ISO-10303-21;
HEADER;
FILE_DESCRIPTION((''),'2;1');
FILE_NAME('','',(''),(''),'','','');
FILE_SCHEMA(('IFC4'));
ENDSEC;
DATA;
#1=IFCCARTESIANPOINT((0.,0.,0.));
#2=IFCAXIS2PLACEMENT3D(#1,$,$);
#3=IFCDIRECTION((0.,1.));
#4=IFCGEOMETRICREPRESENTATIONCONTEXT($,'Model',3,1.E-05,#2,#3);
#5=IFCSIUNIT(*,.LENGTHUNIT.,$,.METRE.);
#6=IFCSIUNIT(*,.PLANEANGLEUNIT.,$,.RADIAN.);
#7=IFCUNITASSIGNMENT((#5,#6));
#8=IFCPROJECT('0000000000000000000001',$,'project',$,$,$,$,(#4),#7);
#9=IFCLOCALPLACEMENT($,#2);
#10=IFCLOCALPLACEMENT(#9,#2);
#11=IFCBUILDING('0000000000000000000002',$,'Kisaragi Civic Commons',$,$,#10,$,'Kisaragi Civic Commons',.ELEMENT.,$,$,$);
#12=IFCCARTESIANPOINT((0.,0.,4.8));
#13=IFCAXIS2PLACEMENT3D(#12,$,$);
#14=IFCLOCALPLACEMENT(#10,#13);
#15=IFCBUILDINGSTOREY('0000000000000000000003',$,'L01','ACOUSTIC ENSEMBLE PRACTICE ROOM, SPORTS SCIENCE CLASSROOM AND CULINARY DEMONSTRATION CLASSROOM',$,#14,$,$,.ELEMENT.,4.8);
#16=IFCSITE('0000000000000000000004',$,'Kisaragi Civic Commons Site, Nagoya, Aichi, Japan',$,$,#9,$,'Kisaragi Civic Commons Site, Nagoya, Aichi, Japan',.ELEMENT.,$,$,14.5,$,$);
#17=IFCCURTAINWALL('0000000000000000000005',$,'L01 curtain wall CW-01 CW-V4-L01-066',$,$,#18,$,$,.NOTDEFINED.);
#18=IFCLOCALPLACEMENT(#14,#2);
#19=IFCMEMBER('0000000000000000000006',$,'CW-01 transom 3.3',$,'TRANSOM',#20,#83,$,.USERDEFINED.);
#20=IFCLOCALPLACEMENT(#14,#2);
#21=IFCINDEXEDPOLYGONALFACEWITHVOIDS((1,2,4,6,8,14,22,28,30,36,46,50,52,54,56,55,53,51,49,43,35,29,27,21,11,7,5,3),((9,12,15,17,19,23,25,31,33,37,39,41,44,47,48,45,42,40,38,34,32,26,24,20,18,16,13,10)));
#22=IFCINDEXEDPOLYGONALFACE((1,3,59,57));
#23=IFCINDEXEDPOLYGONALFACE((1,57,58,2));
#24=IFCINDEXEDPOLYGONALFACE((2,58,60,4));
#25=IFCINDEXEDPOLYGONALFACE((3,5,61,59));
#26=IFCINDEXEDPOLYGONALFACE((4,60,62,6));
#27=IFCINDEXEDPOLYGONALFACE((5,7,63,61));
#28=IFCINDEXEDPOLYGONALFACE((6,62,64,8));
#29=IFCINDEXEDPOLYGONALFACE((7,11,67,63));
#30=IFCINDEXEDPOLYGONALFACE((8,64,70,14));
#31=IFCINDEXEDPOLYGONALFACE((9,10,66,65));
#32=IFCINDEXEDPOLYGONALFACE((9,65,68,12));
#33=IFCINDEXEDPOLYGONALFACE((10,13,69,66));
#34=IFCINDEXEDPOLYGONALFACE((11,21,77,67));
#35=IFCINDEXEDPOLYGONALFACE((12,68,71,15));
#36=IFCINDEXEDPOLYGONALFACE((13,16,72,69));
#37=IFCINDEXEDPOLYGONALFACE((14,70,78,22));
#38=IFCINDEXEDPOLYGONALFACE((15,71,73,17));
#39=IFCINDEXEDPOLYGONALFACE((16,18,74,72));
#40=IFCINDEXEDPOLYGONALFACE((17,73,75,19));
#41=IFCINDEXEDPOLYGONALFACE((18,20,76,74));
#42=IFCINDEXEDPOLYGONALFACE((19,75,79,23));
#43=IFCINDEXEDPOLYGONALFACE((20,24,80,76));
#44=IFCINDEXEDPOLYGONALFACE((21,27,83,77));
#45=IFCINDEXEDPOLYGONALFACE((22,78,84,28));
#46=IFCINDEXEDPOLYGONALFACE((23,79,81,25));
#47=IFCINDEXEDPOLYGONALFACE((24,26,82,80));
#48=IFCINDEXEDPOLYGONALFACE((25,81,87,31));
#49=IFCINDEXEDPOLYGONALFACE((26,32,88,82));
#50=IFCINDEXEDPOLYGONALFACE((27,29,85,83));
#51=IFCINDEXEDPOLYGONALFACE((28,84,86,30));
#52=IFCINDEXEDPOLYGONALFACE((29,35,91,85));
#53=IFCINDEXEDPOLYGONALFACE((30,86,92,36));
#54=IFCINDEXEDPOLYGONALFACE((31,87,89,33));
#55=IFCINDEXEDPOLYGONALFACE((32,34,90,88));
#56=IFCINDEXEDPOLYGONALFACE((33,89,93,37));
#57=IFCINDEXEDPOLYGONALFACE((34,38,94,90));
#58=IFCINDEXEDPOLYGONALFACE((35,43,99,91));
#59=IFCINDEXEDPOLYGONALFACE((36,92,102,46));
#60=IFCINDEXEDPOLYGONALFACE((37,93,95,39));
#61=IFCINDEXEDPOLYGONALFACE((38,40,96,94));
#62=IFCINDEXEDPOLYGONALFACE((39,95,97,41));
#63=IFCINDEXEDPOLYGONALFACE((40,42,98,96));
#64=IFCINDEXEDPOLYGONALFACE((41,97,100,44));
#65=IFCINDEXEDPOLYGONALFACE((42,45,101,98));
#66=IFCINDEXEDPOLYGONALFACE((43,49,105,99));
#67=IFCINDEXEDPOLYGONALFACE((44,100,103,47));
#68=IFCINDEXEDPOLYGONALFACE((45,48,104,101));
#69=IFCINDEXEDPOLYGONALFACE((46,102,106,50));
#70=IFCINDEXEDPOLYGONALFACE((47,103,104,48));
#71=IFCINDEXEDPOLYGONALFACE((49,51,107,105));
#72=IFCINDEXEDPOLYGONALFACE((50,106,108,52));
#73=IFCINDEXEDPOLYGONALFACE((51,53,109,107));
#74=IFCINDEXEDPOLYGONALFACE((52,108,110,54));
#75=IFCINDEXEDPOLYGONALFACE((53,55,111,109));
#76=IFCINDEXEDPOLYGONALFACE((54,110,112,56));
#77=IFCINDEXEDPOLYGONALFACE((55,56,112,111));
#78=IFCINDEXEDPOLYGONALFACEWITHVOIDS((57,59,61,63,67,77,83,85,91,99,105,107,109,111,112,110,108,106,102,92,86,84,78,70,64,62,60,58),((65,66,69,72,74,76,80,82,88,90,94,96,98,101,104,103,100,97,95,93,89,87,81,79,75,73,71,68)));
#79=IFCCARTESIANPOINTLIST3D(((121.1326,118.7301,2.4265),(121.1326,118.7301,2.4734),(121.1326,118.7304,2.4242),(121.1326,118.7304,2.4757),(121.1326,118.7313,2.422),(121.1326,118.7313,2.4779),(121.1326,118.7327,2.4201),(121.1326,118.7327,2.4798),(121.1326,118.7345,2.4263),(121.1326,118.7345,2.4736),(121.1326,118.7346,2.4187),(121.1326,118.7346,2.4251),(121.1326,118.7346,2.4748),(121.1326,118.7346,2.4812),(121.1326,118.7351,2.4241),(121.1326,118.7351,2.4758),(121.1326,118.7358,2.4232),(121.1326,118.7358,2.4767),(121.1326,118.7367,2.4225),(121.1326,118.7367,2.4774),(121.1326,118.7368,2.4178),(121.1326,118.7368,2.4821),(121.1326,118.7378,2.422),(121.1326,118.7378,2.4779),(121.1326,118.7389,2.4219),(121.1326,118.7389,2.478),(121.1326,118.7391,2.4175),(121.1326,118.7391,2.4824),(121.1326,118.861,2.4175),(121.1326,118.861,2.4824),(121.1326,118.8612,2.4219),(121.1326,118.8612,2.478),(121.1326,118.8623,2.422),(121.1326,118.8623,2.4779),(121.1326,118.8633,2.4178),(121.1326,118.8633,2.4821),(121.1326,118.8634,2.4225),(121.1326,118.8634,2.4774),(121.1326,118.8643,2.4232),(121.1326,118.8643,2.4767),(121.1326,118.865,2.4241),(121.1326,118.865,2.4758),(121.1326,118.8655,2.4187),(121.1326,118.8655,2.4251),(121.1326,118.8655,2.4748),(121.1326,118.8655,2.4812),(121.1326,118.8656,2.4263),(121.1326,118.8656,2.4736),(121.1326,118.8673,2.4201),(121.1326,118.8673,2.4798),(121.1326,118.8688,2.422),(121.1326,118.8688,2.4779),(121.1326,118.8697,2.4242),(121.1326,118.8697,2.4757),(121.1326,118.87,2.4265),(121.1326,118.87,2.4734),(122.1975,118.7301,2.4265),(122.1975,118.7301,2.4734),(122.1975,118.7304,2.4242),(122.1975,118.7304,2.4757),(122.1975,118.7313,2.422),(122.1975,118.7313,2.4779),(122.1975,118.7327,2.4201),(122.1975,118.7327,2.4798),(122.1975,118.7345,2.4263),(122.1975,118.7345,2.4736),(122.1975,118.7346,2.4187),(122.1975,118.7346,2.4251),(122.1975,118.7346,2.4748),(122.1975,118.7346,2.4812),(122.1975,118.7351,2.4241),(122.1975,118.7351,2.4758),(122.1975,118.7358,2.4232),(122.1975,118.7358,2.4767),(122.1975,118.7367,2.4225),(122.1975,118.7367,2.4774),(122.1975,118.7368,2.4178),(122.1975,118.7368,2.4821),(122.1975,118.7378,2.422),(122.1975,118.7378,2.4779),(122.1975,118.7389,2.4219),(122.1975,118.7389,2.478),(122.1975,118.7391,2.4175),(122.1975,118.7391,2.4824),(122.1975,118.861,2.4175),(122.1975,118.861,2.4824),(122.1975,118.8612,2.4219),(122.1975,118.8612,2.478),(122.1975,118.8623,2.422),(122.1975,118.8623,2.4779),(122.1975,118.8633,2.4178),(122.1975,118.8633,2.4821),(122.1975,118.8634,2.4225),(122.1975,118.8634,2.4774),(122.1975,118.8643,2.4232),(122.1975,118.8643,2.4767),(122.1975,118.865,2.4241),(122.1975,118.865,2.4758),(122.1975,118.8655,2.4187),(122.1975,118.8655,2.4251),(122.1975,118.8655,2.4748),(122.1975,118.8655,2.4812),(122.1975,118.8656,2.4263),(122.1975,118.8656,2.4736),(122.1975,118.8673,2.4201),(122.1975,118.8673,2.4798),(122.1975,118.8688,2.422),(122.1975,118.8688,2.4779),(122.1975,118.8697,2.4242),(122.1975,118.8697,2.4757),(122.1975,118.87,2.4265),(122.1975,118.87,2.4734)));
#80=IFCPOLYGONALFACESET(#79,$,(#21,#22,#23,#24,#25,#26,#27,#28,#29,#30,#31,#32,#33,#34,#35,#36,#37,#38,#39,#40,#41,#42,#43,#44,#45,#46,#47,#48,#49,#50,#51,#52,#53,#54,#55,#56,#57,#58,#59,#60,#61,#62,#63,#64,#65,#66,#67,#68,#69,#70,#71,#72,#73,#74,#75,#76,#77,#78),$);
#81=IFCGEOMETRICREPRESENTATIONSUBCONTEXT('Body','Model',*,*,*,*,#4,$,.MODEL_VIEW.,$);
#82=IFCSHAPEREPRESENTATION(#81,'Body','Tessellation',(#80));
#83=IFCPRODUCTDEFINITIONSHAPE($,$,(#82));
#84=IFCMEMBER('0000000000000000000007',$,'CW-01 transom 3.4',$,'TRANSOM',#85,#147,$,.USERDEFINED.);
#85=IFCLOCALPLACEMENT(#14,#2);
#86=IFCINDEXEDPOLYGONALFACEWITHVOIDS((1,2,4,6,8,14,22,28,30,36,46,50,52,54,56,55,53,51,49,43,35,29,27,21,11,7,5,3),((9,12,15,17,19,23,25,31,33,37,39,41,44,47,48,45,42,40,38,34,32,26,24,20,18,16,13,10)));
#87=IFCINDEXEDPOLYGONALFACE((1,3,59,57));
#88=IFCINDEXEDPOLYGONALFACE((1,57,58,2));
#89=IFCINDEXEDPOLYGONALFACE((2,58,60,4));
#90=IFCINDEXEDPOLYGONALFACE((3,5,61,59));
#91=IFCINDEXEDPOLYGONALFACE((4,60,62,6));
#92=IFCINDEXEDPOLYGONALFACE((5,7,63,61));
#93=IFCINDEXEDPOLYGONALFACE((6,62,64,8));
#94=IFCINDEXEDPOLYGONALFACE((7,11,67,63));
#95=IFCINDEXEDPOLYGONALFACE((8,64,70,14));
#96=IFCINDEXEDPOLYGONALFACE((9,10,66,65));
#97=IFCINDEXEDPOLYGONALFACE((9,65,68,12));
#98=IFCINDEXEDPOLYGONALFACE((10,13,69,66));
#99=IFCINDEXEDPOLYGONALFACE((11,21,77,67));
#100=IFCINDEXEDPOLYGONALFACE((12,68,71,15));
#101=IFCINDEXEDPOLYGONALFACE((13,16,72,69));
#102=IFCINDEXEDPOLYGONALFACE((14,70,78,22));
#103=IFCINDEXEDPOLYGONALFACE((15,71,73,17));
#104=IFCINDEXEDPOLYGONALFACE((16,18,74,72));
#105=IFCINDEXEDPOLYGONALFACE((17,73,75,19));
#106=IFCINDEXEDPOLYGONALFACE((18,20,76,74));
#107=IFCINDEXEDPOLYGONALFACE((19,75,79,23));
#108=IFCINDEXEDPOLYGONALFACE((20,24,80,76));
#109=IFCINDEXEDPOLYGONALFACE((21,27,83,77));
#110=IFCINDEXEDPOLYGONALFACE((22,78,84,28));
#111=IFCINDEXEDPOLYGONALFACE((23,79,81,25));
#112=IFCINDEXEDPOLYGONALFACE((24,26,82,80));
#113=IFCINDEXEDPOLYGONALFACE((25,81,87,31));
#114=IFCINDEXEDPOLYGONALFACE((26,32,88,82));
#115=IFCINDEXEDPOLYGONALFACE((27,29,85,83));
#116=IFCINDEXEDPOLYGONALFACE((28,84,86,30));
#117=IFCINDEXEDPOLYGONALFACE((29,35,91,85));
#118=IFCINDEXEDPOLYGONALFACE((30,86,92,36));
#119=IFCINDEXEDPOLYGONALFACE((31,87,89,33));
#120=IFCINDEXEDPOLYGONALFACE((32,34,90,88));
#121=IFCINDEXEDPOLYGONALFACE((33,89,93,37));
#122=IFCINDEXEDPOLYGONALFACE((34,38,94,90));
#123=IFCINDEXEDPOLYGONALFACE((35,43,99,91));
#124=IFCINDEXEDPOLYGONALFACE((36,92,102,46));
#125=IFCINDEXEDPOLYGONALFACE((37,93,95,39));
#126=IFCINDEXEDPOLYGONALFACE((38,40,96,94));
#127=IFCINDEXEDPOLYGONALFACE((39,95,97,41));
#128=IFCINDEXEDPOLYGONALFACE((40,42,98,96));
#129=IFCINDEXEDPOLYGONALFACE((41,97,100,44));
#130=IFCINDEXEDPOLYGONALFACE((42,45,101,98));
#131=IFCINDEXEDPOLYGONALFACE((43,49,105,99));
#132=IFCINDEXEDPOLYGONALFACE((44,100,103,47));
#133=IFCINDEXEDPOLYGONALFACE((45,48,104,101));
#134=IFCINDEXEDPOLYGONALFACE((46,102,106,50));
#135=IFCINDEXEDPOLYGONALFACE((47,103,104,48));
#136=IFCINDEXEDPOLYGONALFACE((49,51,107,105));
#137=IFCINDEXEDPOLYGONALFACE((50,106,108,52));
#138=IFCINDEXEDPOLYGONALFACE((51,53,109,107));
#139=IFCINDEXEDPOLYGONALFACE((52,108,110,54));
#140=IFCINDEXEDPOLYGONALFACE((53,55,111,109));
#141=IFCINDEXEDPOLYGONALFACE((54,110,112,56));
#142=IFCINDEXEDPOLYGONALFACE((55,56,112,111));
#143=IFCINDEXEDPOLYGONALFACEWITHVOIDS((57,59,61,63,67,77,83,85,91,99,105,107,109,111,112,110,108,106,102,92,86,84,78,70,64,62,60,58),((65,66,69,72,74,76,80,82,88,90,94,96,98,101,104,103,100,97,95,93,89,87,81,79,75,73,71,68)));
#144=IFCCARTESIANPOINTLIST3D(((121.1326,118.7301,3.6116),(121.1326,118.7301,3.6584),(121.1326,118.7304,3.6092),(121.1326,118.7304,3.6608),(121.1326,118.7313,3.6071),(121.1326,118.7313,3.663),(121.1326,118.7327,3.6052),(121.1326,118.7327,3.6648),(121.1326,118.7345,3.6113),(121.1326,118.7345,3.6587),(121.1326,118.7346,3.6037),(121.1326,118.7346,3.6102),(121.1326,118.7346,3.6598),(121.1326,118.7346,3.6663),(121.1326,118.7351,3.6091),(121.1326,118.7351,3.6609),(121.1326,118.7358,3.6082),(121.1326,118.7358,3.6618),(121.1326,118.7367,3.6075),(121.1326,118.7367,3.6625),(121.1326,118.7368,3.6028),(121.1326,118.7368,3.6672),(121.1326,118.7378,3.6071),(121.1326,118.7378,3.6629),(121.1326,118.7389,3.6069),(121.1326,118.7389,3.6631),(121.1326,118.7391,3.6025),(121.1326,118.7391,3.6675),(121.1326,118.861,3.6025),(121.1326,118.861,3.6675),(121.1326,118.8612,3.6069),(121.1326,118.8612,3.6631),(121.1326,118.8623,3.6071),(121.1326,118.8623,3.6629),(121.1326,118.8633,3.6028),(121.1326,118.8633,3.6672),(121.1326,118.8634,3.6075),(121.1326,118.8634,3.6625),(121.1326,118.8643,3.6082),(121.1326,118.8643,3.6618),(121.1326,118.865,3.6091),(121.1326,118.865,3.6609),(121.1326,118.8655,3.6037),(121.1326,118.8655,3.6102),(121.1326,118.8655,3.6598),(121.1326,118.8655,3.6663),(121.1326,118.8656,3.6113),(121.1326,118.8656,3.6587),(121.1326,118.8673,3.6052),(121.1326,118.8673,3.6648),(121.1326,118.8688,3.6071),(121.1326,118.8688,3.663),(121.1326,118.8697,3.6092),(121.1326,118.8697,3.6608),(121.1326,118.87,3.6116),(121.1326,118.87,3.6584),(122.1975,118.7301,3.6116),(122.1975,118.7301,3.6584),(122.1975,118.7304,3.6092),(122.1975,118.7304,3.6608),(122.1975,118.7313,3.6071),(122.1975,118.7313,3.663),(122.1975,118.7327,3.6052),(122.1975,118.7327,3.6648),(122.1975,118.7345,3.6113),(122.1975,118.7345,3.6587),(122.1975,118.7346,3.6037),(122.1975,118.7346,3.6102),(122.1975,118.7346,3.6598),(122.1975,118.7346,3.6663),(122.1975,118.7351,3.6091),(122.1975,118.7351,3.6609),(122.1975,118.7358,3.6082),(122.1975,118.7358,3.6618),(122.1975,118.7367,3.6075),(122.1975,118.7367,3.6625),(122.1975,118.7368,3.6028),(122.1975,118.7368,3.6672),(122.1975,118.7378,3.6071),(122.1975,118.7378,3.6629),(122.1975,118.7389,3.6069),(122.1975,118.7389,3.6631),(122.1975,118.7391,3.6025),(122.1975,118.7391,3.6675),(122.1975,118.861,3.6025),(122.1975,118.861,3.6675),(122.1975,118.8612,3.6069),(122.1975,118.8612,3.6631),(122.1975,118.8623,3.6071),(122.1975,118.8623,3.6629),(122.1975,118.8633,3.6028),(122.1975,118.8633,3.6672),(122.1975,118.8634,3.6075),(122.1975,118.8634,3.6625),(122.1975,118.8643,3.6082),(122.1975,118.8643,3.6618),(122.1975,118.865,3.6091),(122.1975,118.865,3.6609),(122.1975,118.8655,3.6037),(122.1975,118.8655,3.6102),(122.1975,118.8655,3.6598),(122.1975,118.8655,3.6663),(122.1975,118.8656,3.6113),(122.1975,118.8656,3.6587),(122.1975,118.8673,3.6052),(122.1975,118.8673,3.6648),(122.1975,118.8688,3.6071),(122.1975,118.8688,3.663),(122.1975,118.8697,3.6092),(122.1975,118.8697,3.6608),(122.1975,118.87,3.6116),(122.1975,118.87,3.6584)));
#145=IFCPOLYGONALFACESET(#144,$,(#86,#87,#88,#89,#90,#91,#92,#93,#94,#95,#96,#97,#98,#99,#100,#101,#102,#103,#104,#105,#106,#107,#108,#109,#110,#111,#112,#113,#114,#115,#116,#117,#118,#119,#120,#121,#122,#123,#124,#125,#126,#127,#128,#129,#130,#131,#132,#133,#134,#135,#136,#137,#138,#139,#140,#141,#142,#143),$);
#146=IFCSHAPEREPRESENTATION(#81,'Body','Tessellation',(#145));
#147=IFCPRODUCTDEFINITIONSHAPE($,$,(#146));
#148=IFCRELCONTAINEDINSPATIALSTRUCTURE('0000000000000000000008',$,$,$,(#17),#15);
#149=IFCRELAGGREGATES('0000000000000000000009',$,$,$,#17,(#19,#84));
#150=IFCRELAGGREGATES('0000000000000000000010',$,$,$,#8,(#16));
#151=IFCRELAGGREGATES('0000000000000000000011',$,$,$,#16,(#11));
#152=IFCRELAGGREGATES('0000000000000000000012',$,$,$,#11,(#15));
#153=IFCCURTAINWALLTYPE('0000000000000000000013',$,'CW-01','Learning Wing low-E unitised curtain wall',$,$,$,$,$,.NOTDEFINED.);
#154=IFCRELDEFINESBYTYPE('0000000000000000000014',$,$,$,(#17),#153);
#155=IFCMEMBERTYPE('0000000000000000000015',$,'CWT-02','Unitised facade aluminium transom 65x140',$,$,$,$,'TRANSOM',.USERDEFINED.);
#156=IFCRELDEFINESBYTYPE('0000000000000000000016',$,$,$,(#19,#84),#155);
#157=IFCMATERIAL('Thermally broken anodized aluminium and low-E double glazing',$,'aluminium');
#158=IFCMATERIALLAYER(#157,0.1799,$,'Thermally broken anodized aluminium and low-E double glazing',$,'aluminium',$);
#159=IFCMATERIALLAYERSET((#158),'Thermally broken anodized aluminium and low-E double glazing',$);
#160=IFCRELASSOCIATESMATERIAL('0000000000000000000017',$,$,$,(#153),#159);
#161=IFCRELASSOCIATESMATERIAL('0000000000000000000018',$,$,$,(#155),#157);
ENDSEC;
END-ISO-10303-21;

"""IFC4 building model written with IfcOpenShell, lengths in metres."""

from ifc_helpers import new_model, si_unit, direction, frame, origin, origin_2d, place, context, subcontext, project, spatial, hollow_rectangle, extrude, material, layer, layer_set, material_profile, profile_set, type_object, element, aggregate, save


model = new_model("IFC4")

# Units and contexts
model_context = context("Model", 3, precision=1e-05, world=origin(), true_north=direction((0.0, 1.0)))
body_context = subcontext(model_context, "Body", "Model", "MODEL_VIEW")
ifc_project = project(units=[si_unit("LENGTHUNIT", "METRE"), si_unit("PLANEANGLEUNIT", "RADIAN")], contexts=[model_context])

# Site, building, storey
site_placement = place(None, origin())
site = spatial("IfcSite", under=ifc_project, at=site_placement, Name="Kisaragi Civic Commons Site, Nagoya, Aichi, Japan", LongName="Kisaragi Civic Commons Site, Nagoya, Aichi, Japan", CompositionType="ELEMENT", RefElevation=14.5)
building_placement = place(site_placement, origin())
building = spatial("IfcBuilding", under=site, at=building_placement, Name="Kisaragi Civic Commons", LongName="Kisaragi Civic Commons", CompositionType="ELEMENT")
storey_placement = place(building_placement, frame((0.0, 0.0, 4.8)))
storey = spatial("IfcBuildingStorey", under=building, at=storey_placement, Name="L01", Description="ACOUSTIC ENSEMBLE PRACTICE ROOM, SPORTS SCIENCE CLASSROOM AND CULINARY DEMONSTRATION CLASSROOM", CompositionType="ELEMENT", Elevation=4.8)

# Curtain wall, members
ifc_material = material(Name="Thermally broken anodized aluminium and low-E double glazing", Category="aluminium")
ifc_layer_1 = layer(ifc_material, 0.1799, Name="Thermally broken anodized aluminium and low-E double glazing", Category="aluminium")
ifc_layer_set_1 = layer_set([ifc_layer_1], Name="Thermally broken anodized aluminium and low-E double glazing")
curtain_wall_type = type_object("IfcCurtainWallType", Name="CW-01", Description="Learning Wing low-E unitised curtain wall", PredefinedType="NOTDEFINED", material=ifc_layer_set_1)
curtain_wall_placement = place(storey_placement, origin())
curtain_wall = element("IfcCurtainWall", 1, at=curtain_wall_placement, inside=storey, type_object=curtain_wall_type, Name="L01 curtain wall CW-01 CW-V4-L01-066", PredefinedType="NOTDEFINED")
ifc_material_profile_1 = material_profile(ifc_material, hollow_rectangle(XDim=0.1399, YDim=0.0649, WallThickness=0.0044, InnerFilletRadius=0.0044, OuterFilletRadius=0.009, at=origin_2d()), Name="CWT-65x140x4.5", Category="aluminium")
ifc_profile_set_1 = profile_set([ifc_material_profile_1], Name="Thermally broken anodized aluminium and low-E double glazing")
member_type_1 = type_object("IfcMemberType", Name="CWT-02", Description="Unitised facade aluminium transom 65x140", ElementType="TRANSOM", PredefinedType="USERDEFINED", material=ifc_profile_set_1)
member_1_placement = place(storey_placement, frame((121.1326, 118.8, 2.45), z_axis=(1.0, 0.0, 0.0), x_axis=(0.0, 1.0, 0.0)))
member_1 = element("IfcMember", 2, at=member_1_placement, type_object=member_type_1, Name="CW-01 transom 3.3", ObjectType="TRANSOM", PredefinedType="USERDEFINED", context=body_context, shape_type="SweptSolid", body=[
    extrude(hollow_rectangle(XDim=0.1399, YDim=0.0649, WallThickness=0.0044, InnerFilletRadius=0.0044, OuterFilletRadius=0.009, at=origin_2d()), origin(), (0.0, 0.0, 1.0), 1.0649),
])
member_2_placement = place(storey_placement, frame((121.1326, 118.8, 3.635), z_axis=(1.0, 0.0, 0.0), x_axis=(0.0, 1.0, 0.0)))
member_2 = element("IfcMember", 3, at=member_2_placement, type_object=member_type_1, Name="CW-01 transom 3.4", ObjectType="TRANSOM", PredefinedType="USERDEFINED", context=body_context, shape_type="SweptSolid", body=[
    extrude(hollow_rectangle(XDim=0.1399, YDim=0.0649, WallThickness=0.0044, InnerFilletRadius=0.0044, OuterFilletRadius=0.009, at=origin_2d()), origin(), (0.0, 0.0, 1.0), 1.0649),
])
aggregate(curtain_wall, [member_1, member_2])

save(model, "model.ifc")
